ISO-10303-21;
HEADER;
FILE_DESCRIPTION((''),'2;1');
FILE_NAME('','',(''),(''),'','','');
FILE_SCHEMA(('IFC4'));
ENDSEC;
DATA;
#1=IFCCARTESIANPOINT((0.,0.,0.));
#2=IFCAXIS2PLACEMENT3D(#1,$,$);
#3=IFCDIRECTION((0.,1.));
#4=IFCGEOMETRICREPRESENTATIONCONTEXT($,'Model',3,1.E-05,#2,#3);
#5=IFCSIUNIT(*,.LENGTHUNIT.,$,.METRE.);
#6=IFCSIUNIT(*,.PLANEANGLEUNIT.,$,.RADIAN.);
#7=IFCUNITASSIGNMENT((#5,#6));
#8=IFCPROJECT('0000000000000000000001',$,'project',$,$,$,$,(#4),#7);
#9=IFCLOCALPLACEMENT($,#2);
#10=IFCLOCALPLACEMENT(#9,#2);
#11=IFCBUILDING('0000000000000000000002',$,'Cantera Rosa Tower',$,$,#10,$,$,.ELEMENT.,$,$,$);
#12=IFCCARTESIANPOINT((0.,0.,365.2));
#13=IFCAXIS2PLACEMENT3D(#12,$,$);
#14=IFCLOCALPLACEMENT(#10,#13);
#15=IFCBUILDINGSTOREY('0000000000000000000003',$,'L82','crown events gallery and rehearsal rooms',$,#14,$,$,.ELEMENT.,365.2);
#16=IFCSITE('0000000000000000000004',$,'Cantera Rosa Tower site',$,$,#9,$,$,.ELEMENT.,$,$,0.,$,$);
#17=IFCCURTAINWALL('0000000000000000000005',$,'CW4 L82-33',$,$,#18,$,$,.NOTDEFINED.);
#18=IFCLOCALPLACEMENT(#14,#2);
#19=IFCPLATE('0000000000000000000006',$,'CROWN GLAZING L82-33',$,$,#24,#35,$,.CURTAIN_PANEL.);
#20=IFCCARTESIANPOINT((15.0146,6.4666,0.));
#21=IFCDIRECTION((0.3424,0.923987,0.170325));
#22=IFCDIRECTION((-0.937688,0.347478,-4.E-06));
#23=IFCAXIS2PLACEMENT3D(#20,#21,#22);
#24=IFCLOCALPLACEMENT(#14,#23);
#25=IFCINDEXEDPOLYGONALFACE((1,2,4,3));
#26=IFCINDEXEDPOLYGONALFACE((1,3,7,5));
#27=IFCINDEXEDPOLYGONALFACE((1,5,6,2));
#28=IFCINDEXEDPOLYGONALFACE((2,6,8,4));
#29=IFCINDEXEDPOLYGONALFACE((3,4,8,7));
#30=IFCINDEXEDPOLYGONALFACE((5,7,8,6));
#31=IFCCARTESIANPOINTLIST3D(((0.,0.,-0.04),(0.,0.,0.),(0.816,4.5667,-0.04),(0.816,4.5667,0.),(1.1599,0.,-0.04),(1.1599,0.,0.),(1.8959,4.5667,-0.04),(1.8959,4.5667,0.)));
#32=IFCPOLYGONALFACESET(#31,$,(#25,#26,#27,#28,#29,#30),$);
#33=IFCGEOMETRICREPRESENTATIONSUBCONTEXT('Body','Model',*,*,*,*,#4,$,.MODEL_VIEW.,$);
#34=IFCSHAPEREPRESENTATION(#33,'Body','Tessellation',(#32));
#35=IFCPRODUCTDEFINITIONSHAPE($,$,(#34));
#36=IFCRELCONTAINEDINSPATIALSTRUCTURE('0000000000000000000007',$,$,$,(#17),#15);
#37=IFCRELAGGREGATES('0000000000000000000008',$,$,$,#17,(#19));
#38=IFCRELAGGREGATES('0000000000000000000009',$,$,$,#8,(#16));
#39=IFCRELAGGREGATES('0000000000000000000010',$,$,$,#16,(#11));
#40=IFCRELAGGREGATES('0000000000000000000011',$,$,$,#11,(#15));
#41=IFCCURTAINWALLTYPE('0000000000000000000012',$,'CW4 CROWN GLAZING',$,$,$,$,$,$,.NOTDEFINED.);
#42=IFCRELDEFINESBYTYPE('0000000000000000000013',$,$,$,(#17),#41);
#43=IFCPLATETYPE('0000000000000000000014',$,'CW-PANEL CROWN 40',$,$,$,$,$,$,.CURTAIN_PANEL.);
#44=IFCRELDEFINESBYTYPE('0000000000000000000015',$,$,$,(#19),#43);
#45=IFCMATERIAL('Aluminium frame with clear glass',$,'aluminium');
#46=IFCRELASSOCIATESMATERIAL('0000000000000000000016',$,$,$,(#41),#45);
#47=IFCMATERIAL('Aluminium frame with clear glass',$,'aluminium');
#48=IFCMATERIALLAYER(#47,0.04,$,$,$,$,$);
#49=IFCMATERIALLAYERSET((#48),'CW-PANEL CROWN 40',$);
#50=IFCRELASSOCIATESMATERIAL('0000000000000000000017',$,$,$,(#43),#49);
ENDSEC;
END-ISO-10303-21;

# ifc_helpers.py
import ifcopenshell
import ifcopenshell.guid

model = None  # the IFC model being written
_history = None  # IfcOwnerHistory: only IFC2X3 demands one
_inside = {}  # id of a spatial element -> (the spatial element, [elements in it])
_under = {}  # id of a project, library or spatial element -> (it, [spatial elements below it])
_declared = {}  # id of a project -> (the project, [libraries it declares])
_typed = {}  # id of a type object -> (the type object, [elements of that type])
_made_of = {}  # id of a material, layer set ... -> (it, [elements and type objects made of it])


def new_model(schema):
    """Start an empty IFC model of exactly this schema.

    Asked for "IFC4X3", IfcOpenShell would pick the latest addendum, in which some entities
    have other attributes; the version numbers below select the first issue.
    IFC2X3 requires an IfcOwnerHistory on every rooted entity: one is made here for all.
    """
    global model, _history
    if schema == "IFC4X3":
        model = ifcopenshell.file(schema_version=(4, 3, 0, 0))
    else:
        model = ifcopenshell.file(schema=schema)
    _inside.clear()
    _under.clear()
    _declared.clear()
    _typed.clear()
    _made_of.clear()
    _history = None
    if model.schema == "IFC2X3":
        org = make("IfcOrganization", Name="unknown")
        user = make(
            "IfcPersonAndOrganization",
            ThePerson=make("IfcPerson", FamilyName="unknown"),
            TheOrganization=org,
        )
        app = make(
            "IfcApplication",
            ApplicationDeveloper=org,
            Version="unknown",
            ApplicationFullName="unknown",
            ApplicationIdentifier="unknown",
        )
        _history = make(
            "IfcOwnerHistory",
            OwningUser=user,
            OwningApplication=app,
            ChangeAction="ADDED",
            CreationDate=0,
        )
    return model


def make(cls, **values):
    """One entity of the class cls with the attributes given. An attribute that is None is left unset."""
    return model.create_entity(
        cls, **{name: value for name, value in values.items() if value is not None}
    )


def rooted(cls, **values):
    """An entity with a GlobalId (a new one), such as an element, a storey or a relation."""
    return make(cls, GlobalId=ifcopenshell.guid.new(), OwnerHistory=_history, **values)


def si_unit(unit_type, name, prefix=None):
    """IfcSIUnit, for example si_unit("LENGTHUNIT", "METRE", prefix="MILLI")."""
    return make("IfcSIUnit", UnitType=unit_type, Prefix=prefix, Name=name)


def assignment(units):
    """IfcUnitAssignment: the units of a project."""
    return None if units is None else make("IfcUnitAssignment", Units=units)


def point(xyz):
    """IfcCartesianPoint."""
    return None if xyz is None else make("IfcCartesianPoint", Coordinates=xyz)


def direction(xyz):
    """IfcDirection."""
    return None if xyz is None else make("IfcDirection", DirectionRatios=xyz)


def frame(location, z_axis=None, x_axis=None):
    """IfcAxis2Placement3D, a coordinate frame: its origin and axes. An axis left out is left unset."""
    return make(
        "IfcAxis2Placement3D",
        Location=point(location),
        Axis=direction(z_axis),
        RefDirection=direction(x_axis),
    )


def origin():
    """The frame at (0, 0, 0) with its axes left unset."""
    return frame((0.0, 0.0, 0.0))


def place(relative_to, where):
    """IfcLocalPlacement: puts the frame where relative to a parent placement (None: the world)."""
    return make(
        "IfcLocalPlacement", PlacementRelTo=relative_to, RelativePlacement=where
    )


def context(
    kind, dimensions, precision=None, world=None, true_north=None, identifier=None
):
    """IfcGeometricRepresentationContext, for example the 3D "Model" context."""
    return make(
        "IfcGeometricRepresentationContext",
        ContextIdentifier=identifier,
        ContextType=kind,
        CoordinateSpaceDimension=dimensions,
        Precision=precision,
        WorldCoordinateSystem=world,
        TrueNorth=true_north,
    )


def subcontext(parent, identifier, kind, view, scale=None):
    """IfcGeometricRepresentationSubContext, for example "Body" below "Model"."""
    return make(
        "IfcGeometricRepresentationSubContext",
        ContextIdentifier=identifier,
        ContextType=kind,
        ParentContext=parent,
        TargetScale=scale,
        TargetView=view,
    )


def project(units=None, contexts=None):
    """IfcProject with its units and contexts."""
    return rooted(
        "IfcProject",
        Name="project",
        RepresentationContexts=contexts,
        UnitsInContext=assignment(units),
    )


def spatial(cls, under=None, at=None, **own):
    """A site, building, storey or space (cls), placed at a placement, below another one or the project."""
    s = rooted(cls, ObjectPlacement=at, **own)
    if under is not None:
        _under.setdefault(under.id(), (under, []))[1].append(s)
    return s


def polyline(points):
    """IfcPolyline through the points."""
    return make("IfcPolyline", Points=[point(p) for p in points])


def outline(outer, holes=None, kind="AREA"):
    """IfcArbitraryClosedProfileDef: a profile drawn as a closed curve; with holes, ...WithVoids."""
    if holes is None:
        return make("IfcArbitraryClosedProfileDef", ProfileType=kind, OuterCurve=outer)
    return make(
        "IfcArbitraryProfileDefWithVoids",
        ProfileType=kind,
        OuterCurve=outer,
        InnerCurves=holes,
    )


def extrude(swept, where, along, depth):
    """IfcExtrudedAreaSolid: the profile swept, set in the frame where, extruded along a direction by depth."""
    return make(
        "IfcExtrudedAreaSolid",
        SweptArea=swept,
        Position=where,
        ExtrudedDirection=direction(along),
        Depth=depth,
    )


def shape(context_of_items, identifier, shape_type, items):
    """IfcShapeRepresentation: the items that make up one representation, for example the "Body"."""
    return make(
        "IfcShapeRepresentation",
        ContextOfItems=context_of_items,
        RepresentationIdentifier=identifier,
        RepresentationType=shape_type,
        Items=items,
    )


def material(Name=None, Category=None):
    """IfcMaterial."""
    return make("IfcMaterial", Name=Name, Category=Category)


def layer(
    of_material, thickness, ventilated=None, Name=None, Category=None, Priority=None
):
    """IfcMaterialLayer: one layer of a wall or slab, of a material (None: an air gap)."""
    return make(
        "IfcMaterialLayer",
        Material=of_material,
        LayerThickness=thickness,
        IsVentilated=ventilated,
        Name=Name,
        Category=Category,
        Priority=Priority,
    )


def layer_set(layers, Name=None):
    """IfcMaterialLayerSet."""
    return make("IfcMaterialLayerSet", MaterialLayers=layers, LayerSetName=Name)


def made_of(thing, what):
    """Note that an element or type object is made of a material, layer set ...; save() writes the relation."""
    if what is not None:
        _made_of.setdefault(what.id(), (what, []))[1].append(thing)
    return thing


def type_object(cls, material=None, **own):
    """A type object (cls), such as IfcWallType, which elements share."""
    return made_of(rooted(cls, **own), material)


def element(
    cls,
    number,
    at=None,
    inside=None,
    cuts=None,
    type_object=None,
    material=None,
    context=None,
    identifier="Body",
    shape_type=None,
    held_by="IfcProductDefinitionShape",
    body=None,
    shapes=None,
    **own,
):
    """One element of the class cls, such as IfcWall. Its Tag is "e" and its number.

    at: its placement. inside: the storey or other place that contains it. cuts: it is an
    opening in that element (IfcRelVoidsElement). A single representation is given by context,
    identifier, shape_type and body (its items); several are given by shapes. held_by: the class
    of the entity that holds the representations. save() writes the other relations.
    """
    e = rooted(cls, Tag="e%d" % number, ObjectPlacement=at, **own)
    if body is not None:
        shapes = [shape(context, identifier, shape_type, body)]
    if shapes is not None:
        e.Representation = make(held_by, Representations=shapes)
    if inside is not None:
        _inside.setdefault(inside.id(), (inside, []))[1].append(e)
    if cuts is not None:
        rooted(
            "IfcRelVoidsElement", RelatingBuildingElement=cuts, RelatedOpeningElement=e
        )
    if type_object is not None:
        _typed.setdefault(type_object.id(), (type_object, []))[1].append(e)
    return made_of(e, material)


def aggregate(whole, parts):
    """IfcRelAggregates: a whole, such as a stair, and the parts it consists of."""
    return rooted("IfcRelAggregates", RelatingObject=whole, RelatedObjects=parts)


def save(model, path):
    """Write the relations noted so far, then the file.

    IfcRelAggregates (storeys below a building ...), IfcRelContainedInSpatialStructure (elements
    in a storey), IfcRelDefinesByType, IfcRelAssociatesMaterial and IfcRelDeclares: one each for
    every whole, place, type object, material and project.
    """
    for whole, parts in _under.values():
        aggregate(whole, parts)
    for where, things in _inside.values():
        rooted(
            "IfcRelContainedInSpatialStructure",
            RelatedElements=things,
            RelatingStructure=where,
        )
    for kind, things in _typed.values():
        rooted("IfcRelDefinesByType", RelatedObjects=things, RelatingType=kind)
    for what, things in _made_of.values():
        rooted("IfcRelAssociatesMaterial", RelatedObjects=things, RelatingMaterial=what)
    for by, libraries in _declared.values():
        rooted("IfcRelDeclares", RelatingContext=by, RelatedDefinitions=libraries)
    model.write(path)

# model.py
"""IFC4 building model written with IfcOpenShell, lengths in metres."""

from ifc_helpers import new_model, si_unit, direction, frame, origin, place, context, subcontext, project, spatial, polyline, outline, extrude, material, layer, layer_set, type_object, element, aggregate, save


model = new_model("IFC4")

# Units and contexts
model_context = context("Model", 3, precision=1e-05, world=origin(), true_north=direction((0.0, 1.0)))
body_context = subcontext(model_context, "Body", "Model", "MODEL_VIEW")
ifc_project = project(units=[si_unit("LENGTHUNIT", "METRE"), si_unit("PLANEANGLEUNIT", "RADIAN")], contexts=[model_context])

# Site, building, storey
site_placement = place(None, origin())
site = spatial("IfcSite", under=ifc_project, at=site_placement, Name="Cantera Rosa Tower site", CompositionType="ELEMENT", RefElevation=0.0)
building_placement = place(site_placement, origin())
building = spatial("IfcBuilding", under=site, at=building_placement, Name="Cantera Rosa Tower", CompositionType="ELEMENT")
storey_placement = place(building_placement, frame((0.0, 0.0, 365.2)))
storey = spatial("IfcBuildingStorey", under=building, at=storey_placement, Name="L82", Description="crown events gallery and rehearsal rooms", CompositionType="ELEMENT", Elevation=365.2)

# Curtain wall
ifc_material_1 = material(Name="Aluminium frame with clear glass", Category="aluminium")
curtain_wall_type = type_object("IfcCurtainWallType", Name="CW4 CROWN GLAZING", PredefinedType="NOTDEFINED", material=ifc_material_1)
curtain_wall_1_placement = place(storey_placement, origin())
curtain_wall_1 = element("IfcCurtainWall", 1, at=curtain_wall_1_placement, inside=storey, type_object=curtain_wall_type, Name="CW4 L82-33", PredefinedType="NOTDEFINED")

# Plate
ifc_material_2 = material(Name="Aluminium frame with clear glass", Category="aluminium")
ifc_layer_1 = layer(ifc_material_2, 0.04)
ifc_layer_set_1 = layer_set([ifc_layer_1], Name="CW-PANEL CROWN 40")
plate_type = type_object("IfcPlateType", Name="CW-PANEL CROWN 40", PredefinedType="CURTAIN_PANEL", material=ifc_layer_set_1)
plate_1_placement = place(storey_placement, frame((15.0146, 6.4666, 0.0), z_axis=(0.3424, 0.923987, 0.170325), x_axis=(-0.937688, 0.347478, -0.000004)))
plate_1 = element("IfcPlate", 2, at=plate_1_placement, type_object=plate_type, Name="CROWN GLAZING L82-33", PredefinedType="CURTAIN_PANEL", context=body_context, shape_type="SweptSolid", body=[
    extrude(outline(polyline([(0.0, 0.0), (1.1599, 0.0), (1.8959, 4.5667), (0.816, 4.5667), (0.0, 0.0)])), origin(), (0.0, 0.0, -1.0), 0.04),
])

aggregate(curtain_wall_1, [plate_1])

save(model, "model.ifc")
